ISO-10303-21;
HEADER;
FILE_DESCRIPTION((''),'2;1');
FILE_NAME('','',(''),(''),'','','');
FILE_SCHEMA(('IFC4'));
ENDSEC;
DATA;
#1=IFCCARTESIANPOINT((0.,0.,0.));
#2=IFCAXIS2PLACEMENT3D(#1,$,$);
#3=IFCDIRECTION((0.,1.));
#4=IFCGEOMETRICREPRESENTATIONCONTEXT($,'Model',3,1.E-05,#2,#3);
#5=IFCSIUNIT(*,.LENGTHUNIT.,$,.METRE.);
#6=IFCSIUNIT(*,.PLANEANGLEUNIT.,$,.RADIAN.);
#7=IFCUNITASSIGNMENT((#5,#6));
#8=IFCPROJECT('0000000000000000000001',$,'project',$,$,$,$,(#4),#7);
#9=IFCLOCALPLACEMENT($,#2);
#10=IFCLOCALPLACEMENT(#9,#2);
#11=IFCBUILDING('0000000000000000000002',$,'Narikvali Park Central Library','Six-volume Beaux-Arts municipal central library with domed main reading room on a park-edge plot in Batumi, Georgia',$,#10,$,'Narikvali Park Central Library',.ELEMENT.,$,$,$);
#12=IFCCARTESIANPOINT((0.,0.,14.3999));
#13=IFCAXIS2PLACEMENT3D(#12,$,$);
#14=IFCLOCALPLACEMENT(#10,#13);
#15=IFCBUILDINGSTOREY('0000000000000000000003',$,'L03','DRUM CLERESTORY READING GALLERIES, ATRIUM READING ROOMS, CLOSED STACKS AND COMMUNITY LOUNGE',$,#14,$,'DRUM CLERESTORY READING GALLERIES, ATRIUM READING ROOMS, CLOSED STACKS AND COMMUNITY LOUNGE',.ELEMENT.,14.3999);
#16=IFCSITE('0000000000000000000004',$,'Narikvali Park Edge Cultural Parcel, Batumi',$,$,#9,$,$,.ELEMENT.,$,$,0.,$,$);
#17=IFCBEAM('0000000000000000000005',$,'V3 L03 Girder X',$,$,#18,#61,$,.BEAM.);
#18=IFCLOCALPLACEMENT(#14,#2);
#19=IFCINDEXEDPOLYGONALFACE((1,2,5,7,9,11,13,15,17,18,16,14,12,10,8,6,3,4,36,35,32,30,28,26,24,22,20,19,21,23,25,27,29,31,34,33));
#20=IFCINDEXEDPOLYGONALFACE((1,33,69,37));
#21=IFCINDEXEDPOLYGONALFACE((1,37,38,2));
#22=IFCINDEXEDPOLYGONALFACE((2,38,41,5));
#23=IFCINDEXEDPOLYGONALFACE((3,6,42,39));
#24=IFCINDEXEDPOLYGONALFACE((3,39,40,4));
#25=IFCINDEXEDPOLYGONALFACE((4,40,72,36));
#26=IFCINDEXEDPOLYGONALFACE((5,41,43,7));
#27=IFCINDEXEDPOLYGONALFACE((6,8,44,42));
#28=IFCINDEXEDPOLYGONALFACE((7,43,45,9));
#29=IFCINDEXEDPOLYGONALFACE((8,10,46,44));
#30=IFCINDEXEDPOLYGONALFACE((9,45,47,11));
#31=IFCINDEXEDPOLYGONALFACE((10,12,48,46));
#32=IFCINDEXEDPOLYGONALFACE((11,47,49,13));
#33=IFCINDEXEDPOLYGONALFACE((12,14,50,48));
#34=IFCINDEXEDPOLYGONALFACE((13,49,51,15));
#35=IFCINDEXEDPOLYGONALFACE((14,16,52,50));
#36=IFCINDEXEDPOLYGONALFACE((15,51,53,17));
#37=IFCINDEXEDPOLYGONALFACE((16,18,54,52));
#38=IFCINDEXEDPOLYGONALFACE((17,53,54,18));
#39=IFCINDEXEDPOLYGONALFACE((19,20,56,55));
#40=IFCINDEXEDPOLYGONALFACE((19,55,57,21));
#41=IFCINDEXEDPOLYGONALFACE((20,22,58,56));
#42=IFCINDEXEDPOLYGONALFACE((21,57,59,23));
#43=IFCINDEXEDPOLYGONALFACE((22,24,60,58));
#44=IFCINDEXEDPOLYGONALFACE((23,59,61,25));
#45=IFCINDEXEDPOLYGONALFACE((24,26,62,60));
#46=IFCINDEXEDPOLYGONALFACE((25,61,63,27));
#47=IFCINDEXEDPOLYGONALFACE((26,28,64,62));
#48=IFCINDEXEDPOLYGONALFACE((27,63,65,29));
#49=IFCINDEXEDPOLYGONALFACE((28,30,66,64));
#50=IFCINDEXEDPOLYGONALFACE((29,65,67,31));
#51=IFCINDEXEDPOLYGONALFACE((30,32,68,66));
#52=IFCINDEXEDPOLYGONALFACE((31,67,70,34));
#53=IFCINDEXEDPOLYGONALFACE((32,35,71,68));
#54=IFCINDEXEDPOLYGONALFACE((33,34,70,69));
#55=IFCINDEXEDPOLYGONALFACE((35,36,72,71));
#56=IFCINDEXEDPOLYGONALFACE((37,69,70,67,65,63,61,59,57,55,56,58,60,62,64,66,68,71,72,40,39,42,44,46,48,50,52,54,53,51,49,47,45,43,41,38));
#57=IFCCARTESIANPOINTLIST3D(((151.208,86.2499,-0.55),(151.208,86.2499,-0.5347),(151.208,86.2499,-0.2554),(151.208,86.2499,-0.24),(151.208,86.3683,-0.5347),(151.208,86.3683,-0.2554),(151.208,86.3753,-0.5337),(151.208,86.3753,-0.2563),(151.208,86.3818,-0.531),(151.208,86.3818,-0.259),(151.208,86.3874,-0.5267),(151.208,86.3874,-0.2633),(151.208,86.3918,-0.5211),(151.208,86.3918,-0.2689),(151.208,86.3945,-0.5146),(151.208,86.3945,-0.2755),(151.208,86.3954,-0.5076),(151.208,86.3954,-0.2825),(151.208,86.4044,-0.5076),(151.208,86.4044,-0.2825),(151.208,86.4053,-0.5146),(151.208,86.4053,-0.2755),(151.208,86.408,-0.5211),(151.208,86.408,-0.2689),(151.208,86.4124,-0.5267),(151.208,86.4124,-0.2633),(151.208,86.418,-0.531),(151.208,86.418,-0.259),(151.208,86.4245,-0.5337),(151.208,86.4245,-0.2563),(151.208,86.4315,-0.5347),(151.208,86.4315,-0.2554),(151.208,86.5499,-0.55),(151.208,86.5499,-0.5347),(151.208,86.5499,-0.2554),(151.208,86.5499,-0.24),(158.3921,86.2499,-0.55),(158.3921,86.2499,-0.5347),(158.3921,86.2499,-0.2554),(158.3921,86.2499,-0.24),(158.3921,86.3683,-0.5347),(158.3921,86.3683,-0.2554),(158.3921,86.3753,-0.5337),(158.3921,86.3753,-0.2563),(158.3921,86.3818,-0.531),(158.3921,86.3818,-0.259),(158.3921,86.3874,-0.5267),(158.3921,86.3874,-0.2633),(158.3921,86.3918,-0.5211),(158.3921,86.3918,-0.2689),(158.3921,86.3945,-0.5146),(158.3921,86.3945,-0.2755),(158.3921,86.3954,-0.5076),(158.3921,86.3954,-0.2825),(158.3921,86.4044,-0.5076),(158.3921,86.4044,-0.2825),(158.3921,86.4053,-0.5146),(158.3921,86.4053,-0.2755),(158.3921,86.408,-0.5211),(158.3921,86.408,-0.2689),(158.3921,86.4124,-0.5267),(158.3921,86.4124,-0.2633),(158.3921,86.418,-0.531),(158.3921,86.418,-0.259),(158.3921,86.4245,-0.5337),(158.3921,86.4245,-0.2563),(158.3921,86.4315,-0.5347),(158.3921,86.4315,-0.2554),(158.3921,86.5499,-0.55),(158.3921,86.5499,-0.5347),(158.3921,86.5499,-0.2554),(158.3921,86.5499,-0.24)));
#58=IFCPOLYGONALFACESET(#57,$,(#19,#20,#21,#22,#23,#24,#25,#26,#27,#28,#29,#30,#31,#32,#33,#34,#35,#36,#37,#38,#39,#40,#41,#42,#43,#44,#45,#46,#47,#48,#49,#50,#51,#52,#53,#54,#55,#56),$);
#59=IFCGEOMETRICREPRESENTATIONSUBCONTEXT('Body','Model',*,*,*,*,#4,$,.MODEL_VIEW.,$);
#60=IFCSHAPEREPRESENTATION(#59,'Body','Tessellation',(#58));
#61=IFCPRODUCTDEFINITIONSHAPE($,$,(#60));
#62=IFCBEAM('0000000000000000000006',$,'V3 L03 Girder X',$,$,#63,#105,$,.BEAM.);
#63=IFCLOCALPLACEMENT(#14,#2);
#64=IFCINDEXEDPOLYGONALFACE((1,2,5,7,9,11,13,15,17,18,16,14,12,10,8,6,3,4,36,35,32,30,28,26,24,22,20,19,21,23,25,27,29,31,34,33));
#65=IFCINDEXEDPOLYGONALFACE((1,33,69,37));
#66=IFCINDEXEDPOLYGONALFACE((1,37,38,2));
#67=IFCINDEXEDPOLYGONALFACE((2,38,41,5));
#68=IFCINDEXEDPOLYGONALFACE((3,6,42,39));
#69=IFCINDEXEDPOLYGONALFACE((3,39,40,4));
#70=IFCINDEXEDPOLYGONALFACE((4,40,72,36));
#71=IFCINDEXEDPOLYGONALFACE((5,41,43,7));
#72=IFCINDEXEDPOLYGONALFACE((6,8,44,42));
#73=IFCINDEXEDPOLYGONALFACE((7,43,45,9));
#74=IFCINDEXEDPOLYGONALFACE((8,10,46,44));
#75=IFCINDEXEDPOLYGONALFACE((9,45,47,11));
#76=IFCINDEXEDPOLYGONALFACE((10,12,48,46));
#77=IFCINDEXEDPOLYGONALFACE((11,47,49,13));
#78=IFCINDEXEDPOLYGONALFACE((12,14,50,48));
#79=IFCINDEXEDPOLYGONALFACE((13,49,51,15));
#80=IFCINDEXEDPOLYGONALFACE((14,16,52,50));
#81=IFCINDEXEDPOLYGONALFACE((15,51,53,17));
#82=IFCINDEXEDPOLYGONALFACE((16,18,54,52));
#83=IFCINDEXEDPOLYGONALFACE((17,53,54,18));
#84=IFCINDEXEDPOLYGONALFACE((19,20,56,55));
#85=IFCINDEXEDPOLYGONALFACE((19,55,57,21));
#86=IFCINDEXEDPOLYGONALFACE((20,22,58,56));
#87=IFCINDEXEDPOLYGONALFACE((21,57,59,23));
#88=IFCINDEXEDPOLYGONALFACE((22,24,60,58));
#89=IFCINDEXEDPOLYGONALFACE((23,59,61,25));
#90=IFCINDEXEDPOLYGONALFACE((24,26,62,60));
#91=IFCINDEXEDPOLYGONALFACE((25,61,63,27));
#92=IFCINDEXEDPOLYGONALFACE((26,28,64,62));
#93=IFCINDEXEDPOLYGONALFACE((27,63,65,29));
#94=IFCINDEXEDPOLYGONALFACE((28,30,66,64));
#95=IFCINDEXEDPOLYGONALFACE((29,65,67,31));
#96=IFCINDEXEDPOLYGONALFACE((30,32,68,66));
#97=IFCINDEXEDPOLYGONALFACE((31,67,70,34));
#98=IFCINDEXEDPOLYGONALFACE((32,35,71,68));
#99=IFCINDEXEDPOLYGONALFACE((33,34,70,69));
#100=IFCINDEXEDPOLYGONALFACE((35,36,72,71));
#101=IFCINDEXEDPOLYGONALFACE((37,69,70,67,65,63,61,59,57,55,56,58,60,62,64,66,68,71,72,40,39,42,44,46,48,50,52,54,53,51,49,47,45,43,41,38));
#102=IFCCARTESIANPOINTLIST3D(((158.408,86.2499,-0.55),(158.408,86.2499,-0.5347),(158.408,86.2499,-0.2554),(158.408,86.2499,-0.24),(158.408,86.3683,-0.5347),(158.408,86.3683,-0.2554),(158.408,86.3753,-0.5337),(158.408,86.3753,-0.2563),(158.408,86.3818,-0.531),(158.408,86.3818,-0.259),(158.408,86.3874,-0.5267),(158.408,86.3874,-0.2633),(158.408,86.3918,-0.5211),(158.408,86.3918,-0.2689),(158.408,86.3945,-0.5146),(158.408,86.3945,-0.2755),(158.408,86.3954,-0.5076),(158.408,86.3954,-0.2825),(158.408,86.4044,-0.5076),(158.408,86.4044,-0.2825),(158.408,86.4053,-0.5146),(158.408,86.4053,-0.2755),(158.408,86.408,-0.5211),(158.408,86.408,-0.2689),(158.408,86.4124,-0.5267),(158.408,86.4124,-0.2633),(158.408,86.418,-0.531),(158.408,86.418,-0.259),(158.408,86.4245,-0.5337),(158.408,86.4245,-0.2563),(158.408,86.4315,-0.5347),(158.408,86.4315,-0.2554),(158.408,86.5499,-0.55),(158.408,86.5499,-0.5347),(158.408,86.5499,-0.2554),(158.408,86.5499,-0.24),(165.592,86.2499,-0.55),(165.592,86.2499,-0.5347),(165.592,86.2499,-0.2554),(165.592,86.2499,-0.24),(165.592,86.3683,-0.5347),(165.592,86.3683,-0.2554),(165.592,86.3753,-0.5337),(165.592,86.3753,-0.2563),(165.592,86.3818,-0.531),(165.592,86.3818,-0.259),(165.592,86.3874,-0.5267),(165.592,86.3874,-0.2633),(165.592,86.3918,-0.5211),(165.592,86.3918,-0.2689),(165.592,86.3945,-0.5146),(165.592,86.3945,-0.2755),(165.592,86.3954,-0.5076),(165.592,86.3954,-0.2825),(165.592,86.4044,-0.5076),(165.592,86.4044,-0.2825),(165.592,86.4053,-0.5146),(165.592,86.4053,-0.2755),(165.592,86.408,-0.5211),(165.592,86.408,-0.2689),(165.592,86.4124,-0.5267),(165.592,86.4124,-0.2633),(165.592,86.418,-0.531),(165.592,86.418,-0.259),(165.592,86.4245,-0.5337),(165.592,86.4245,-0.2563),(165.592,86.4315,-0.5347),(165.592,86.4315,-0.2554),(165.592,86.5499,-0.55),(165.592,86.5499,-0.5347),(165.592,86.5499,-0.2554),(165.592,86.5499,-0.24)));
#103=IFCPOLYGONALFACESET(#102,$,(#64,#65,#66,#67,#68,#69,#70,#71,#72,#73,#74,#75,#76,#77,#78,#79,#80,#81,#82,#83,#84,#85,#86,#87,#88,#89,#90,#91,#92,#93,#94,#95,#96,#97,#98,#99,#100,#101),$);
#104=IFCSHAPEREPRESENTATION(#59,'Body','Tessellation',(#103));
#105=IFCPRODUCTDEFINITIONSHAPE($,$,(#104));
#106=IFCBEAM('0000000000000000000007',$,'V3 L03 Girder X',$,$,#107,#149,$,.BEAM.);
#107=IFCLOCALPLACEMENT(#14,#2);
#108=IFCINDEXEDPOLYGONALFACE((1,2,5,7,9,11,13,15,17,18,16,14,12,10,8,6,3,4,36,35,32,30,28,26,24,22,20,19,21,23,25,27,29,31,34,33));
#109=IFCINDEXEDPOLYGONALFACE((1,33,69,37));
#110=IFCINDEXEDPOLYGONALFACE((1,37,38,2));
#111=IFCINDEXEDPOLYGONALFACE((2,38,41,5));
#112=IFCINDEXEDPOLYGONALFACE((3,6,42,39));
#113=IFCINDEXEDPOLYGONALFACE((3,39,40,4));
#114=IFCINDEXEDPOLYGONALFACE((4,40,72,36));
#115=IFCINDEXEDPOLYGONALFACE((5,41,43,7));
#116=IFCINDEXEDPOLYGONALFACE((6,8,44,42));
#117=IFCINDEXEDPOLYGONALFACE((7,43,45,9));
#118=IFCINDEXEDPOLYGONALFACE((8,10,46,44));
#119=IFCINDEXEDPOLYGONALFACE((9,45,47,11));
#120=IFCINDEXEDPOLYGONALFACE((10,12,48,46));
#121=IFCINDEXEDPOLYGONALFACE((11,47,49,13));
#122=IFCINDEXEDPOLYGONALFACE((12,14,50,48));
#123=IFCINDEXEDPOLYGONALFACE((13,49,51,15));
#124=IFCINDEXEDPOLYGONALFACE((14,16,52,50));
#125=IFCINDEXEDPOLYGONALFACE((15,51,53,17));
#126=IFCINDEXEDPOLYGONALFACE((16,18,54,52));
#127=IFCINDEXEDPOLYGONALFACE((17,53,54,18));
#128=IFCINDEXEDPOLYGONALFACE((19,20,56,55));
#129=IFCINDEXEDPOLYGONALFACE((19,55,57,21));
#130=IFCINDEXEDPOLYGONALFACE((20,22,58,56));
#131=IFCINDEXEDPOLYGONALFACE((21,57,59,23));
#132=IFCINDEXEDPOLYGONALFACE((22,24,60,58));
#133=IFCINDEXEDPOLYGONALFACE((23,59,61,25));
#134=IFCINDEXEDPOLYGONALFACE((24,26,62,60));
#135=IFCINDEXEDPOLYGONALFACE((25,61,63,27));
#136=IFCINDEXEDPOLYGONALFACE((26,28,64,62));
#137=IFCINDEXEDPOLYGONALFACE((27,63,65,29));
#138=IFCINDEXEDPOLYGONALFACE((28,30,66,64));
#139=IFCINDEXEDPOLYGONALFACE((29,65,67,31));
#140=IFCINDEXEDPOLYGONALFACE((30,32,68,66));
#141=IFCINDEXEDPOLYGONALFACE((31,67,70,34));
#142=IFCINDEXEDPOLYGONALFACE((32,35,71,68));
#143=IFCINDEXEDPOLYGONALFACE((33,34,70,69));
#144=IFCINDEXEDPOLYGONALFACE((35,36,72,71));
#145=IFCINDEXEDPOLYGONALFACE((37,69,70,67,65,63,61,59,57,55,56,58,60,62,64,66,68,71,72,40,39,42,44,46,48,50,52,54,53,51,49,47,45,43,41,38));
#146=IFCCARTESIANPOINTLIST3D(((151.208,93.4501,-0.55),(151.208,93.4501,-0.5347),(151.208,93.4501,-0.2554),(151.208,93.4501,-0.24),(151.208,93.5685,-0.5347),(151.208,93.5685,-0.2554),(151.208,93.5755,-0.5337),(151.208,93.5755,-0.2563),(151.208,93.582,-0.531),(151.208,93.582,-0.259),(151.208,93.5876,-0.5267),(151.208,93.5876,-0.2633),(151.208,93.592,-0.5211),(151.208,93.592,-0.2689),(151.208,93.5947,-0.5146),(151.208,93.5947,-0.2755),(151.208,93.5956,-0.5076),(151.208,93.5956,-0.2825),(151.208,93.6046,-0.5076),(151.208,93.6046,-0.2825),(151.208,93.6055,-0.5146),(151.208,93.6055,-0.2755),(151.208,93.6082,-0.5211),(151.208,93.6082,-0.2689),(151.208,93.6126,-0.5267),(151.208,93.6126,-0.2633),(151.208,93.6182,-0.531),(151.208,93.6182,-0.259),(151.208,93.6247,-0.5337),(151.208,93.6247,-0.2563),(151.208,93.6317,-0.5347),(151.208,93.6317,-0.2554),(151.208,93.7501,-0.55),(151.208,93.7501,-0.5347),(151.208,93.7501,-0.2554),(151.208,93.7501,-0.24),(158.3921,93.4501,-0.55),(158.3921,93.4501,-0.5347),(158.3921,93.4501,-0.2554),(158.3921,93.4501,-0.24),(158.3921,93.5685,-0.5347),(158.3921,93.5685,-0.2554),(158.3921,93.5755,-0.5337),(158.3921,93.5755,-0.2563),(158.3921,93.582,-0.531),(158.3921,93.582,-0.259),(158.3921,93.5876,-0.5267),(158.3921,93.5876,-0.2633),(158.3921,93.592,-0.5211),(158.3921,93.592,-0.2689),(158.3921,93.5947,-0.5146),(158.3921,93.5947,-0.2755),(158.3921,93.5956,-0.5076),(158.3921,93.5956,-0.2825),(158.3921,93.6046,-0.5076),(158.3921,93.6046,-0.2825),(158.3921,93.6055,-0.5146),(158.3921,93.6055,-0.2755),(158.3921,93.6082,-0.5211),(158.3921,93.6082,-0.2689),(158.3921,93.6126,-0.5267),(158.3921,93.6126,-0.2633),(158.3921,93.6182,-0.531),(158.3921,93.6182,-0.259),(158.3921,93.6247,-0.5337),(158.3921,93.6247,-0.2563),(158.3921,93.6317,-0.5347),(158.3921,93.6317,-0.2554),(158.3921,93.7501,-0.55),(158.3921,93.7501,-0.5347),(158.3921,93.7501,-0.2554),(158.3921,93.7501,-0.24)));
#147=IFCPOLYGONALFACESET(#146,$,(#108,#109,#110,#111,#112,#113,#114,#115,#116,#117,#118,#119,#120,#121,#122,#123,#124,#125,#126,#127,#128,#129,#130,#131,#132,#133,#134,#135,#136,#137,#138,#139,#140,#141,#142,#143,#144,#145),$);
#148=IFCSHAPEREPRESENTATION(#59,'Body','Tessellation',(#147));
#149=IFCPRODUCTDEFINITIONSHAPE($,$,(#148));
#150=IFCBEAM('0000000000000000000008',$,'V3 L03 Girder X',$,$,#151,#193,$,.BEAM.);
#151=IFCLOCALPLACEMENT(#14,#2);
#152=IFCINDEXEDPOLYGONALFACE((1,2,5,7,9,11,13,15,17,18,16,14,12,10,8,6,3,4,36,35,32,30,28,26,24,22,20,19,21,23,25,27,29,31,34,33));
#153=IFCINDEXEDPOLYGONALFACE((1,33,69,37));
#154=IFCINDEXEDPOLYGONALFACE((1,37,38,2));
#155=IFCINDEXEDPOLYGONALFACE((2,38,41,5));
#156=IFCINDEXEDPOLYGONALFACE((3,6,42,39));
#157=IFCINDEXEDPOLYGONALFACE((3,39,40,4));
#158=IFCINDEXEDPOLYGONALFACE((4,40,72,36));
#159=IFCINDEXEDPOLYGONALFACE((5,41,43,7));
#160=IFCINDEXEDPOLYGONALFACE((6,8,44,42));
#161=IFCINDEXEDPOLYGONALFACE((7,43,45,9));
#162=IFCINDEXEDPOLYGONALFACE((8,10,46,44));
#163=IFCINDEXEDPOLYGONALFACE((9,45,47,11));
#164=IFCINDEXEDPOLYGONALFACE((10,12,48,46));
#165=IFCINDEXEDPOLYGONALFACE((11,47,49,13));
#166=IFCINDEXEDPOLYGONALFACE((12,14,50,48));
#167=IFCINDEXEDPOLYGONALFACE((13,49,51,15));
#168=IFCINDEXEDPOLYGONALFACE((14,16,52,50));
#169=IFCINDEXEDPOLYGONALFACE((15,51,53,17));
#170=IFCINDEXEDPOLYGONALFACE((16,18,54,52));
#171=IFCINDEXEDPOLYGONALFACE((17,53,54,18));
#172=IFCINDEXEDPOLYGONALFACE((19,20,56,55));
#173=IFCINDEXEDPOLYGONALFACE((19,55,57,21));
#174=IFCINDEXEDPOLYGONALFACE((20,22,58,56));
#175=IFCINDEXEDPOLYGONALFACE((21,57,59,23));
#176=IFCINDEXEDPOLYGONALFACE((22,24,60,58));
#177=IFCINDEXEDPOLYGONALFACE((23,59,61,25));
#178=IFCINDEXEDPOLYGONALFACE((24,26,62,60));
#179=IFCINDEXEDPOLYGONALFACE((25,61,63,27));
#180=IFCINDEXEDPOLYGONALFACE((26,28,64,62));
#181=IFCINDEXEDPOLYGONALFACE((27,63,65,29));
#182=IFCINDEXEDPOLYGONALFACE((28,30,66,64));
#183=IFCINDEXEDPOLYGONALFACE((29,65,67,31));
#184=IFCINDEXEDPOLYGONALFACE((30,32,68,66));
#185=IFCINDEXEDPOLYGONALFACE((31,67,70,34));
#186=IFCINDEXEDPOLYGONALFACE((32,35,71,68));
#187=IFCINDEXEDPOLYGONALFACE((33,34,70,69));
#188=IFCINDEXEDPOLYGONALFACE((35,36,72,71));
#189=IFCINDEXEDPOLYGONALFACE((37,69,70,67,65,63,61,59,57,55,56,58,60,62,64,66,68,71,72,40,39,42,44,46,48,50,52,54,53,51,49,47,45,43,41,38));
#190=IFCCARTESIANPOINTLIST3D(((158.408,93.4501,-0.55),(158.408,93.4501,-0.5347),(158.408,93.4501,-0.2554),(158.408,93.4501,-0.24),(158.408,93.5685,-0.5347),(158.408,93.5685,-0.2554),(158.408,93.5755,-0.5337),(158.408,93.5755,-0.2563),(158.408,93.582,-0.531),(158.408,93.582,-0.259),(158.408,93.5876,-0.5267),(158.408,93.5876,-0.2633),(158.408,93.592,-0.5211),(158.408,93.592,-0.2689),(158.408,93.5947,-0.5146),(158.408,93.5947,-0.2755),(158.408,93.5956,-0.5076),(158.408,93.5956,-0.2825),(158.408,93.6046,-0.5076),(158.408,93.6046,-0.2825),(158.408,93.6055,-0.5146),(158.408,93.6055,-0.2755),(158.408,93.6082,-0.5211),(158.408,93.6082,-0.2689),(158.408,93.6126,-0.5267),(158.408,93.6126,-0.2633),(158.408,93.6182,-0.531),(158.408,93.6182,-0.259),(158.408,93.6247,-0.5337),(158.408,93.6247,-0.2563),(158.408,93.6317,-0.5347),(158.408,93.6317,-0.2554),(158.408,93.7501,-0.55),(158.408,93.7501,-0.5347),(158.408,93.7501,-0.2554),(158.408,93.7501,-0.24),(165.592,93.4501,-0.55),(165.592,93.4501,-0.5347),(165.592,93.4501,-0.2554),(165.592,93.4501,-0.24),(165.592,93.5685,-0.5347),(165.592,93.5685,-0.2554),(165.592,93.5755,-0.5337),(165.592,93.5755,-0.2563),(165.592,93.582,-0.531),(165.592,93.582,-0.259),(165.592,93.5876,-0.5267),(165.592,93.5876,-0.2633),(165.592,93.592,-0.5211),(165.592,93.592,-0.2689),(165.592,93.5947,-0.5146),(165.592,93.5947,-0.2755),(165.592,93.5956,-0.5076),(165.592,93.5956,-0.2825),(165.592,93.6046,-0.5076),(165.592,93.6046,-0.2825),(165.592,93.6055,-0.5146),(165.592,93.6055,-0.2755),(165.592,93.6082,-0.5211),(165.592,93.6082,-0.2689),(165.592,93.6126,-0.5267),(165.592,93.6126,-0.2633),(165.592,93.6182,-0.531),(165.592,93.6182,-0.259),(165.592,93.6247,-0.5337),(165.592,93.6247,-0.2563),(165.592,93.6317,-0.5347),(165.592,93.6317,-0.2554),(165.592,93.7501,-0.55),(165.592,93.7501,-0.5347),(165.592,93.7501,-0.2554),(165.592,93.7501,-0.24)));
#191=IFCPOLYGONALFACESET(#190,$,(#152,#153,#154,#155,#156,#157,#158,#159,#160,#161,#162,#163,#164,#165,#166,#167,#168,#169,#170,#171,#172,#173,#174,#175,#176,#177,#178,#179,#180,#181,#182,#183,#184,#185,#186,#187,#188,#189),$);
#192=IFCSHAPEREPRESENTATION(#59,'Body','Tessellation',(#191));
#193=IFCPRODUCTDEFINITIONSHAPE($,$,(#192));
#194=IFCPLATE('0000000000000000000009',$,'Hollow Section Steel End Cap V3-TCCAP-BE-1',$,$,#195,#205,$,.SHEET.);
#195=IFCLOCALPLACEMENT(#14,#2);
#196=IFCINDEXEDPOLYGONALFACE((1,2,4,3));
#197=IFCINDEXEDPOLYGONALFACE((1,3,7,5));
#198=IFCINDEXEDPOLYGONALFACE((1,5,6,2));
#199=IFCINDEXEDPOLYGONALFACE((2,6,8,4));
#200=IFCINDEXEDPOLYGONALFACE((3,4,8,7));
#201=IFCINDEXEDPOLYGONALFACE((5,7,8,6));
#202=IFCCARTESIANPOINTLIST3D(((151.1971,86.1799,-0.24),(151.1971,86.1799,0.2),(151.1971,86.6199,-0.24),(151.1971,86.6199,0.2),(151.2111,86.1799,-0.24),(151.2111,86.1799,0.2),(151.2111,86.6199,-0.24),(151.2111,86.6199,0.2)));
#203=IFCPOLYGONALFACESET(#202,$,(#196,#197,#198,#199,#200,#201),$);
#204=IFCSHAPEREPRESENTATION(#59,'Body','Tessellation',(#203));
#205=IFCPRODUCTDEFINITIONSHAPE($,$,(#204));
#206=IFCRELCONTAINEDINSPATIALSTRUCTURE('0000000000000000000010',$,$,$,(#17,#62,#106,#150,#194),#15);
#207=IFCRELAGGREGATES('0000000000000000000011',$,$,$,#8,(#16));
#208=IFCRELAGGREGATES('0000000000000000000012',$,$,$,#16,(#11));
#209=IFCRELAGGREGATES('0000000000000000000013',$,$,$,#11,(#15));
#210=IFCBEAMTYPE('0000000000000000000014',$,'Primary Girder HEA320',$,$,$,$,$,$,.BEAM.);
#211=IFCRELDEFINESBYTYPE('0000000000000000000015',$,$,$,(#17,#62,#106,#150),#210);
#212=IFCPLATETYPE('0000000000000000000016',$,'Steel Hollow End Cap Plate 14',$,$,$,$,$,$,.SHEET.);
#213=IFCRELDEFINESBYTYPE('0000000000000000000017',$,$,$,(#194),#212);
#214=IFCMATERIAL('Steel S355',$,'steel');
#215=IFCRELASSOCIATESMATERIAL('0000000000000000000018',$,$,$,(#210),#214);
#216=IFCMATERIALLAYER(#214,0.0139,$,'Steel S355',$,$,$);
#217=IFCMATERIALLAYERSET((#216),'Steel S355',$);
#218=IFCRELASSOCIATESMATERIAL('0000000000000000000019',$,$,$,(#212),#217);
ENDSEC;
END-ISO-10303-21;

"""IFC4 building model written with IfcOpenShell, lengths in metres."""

from ifc_helpers import new_model, si_unit, direction, frame, origin, origin_2d, place, context, subcontext, project, spatial, rectangle, i_section, extrude, material, layer, layer_set, material_profile, profile_set, type_object, element, save


model = new_model("IFC4")

# Units and contexts
model_context = context("Model", 3, precision=1e-05, world=origin(), true_north=direction((0.0, 1.0)))
body_context = subcontext(model_context, "Body", "Model", "MODEL_VIEW")
ifc_project = project(units=[si_unit("LENGTHUNIT", "METRE"), si_unit("PLANEANGLEUNIT", "RADIAN")], contexts=[model_context])

# Site, building, storey
site_placement = place(None, origin())
site = spatial("IfcSite", under=ifc_project, at=site_placement, Name="Narikvali Park Edge Cultural Parcel, Batumi", CompositionType="ELEMENT", RefElevation=0.0)
building_placement = place(site_placement, origin())
building = spatial("IfcBuilding", under=site, at=building_placement, Name="Narikvali Park Central Library", Description="Six-volume Beaux-Arts municipal central library with domed main reading room on a park-edge plot in Batumi, Georgia", LongName="Narikvali Park Central Library", CompositionType="ELEMENT")
storey_placement = place(building_placement, frame((0.0, 0.0, 14.3999)))
storey = spatial("IfcBuildingStorey", under=building, at=storey_placement, Name="L03", Description="DRUM CLERESTORY READING GALLERIES, ATRIUM READING ROOMS, CLOSED STACKS AND COMMUNITY LOUNGE", LongName="DRUM CLERESTORY READING GALLERIES, ATRIUM READING ROOMS, CLOSED STACKS AND COMMUNITY LOUNGE", CompositionType="ELEMENT", Elevation=14.3999)

# Shared definitions
ifc_material_1 = material(Name="Steel S355", Category="steel")

# Beams
ifc_material_profile_1 = material_profile(ifc_material_1, i_section(OverallWidth=0.3, OverallDepth=0.3101, WebThickness=0.009, FlangeThickness=0.0154, FilletRadius=0.0271, at=origin_2d()), Name="HEA 320")
ifc_profile_set_1 = profile_set([ifc_material_profile_1], Name="Steel S355")
beam_type_1 = type_object("IfcBeamType", Name="Primary Girder HEA320", PredefinedType="BEAM", material=ifc_profile_set_1)
for number, where, z_axis, x_axis, name in (
    (1, (151.208, 86.3999, -0.395), (1.0, 0.0, 0.0), (0.0, 1.0, 0.0), "V3 L03 Girder X"),
    (2, (158.408, 86.3999, -0.395), (1.0, 0.0, 0.0), (0.0, 1.0, 0.0), "V3 L03 Girder X"),
    (3, (151.208, 93.6001, -0.395), (1.0, 0.0, 0.0), (0.0, 1.0, 0.0), "V3 L03 Girder X"),
    (4, (158.408, 93.6001, -0.395), (1.0, 0.0, 0.0), (0.0, 1.0, 0.0), "V3 L03 Girder X"),
):
    element("IfcBeam", number, at=place(storey_placement, frame(where, z_axis=z_axis, x_axis=x_axis)), inside=storey, type_object=beam_type_1, Name=name, PredefinedType="BEAM", context=body_context, shape_type="SweptSolid", body=[
        extrude(i_section(OverallWidth=0.3, OverallDepth=0.3101, WebThickness=0.009, FlangeThickness=0.0154, FilletRadius=0.0271, at=origin_2d()), origin(), (0.0, 0.0, 1.0), 7.1841),
    ])

# Plate
ifc_layer_1 = layer(ifc_material_1, 0.0139, Name="Steel S355")
ifc_layer_set_1 = layer_set([ifc_layer_1], Name="Steel S355")
plate_type = type_object("IfcPlateType", Name="Steel Hollow End Cap Plate 14", PredefinedType="SHEET", material=ifc_layer_set_1)
plate_1_placement = place(storey_placement, frame((151.2041, 86.3999, -0.24), z_axis=(0.0, 0.0, 1.0), x_axis=(1.0, 0.0, 0.0)))
element("IfcPlate", 5, at=plate_1_placement, inside=storey, type_object=plate_type, Name="Hollow Section Steel End Cap V3-TCCAP-BE-1", PredefinedType="SHEET", context=body_context, shape_type="SweptSolid", body=[
    extrude(rectangle(XDim=0.0139, YDim=0.4399, at=origin_2d()), origin(), (0.0, 0.0, 1.0), 0.4399),
])

save(model, "model.ifc")
